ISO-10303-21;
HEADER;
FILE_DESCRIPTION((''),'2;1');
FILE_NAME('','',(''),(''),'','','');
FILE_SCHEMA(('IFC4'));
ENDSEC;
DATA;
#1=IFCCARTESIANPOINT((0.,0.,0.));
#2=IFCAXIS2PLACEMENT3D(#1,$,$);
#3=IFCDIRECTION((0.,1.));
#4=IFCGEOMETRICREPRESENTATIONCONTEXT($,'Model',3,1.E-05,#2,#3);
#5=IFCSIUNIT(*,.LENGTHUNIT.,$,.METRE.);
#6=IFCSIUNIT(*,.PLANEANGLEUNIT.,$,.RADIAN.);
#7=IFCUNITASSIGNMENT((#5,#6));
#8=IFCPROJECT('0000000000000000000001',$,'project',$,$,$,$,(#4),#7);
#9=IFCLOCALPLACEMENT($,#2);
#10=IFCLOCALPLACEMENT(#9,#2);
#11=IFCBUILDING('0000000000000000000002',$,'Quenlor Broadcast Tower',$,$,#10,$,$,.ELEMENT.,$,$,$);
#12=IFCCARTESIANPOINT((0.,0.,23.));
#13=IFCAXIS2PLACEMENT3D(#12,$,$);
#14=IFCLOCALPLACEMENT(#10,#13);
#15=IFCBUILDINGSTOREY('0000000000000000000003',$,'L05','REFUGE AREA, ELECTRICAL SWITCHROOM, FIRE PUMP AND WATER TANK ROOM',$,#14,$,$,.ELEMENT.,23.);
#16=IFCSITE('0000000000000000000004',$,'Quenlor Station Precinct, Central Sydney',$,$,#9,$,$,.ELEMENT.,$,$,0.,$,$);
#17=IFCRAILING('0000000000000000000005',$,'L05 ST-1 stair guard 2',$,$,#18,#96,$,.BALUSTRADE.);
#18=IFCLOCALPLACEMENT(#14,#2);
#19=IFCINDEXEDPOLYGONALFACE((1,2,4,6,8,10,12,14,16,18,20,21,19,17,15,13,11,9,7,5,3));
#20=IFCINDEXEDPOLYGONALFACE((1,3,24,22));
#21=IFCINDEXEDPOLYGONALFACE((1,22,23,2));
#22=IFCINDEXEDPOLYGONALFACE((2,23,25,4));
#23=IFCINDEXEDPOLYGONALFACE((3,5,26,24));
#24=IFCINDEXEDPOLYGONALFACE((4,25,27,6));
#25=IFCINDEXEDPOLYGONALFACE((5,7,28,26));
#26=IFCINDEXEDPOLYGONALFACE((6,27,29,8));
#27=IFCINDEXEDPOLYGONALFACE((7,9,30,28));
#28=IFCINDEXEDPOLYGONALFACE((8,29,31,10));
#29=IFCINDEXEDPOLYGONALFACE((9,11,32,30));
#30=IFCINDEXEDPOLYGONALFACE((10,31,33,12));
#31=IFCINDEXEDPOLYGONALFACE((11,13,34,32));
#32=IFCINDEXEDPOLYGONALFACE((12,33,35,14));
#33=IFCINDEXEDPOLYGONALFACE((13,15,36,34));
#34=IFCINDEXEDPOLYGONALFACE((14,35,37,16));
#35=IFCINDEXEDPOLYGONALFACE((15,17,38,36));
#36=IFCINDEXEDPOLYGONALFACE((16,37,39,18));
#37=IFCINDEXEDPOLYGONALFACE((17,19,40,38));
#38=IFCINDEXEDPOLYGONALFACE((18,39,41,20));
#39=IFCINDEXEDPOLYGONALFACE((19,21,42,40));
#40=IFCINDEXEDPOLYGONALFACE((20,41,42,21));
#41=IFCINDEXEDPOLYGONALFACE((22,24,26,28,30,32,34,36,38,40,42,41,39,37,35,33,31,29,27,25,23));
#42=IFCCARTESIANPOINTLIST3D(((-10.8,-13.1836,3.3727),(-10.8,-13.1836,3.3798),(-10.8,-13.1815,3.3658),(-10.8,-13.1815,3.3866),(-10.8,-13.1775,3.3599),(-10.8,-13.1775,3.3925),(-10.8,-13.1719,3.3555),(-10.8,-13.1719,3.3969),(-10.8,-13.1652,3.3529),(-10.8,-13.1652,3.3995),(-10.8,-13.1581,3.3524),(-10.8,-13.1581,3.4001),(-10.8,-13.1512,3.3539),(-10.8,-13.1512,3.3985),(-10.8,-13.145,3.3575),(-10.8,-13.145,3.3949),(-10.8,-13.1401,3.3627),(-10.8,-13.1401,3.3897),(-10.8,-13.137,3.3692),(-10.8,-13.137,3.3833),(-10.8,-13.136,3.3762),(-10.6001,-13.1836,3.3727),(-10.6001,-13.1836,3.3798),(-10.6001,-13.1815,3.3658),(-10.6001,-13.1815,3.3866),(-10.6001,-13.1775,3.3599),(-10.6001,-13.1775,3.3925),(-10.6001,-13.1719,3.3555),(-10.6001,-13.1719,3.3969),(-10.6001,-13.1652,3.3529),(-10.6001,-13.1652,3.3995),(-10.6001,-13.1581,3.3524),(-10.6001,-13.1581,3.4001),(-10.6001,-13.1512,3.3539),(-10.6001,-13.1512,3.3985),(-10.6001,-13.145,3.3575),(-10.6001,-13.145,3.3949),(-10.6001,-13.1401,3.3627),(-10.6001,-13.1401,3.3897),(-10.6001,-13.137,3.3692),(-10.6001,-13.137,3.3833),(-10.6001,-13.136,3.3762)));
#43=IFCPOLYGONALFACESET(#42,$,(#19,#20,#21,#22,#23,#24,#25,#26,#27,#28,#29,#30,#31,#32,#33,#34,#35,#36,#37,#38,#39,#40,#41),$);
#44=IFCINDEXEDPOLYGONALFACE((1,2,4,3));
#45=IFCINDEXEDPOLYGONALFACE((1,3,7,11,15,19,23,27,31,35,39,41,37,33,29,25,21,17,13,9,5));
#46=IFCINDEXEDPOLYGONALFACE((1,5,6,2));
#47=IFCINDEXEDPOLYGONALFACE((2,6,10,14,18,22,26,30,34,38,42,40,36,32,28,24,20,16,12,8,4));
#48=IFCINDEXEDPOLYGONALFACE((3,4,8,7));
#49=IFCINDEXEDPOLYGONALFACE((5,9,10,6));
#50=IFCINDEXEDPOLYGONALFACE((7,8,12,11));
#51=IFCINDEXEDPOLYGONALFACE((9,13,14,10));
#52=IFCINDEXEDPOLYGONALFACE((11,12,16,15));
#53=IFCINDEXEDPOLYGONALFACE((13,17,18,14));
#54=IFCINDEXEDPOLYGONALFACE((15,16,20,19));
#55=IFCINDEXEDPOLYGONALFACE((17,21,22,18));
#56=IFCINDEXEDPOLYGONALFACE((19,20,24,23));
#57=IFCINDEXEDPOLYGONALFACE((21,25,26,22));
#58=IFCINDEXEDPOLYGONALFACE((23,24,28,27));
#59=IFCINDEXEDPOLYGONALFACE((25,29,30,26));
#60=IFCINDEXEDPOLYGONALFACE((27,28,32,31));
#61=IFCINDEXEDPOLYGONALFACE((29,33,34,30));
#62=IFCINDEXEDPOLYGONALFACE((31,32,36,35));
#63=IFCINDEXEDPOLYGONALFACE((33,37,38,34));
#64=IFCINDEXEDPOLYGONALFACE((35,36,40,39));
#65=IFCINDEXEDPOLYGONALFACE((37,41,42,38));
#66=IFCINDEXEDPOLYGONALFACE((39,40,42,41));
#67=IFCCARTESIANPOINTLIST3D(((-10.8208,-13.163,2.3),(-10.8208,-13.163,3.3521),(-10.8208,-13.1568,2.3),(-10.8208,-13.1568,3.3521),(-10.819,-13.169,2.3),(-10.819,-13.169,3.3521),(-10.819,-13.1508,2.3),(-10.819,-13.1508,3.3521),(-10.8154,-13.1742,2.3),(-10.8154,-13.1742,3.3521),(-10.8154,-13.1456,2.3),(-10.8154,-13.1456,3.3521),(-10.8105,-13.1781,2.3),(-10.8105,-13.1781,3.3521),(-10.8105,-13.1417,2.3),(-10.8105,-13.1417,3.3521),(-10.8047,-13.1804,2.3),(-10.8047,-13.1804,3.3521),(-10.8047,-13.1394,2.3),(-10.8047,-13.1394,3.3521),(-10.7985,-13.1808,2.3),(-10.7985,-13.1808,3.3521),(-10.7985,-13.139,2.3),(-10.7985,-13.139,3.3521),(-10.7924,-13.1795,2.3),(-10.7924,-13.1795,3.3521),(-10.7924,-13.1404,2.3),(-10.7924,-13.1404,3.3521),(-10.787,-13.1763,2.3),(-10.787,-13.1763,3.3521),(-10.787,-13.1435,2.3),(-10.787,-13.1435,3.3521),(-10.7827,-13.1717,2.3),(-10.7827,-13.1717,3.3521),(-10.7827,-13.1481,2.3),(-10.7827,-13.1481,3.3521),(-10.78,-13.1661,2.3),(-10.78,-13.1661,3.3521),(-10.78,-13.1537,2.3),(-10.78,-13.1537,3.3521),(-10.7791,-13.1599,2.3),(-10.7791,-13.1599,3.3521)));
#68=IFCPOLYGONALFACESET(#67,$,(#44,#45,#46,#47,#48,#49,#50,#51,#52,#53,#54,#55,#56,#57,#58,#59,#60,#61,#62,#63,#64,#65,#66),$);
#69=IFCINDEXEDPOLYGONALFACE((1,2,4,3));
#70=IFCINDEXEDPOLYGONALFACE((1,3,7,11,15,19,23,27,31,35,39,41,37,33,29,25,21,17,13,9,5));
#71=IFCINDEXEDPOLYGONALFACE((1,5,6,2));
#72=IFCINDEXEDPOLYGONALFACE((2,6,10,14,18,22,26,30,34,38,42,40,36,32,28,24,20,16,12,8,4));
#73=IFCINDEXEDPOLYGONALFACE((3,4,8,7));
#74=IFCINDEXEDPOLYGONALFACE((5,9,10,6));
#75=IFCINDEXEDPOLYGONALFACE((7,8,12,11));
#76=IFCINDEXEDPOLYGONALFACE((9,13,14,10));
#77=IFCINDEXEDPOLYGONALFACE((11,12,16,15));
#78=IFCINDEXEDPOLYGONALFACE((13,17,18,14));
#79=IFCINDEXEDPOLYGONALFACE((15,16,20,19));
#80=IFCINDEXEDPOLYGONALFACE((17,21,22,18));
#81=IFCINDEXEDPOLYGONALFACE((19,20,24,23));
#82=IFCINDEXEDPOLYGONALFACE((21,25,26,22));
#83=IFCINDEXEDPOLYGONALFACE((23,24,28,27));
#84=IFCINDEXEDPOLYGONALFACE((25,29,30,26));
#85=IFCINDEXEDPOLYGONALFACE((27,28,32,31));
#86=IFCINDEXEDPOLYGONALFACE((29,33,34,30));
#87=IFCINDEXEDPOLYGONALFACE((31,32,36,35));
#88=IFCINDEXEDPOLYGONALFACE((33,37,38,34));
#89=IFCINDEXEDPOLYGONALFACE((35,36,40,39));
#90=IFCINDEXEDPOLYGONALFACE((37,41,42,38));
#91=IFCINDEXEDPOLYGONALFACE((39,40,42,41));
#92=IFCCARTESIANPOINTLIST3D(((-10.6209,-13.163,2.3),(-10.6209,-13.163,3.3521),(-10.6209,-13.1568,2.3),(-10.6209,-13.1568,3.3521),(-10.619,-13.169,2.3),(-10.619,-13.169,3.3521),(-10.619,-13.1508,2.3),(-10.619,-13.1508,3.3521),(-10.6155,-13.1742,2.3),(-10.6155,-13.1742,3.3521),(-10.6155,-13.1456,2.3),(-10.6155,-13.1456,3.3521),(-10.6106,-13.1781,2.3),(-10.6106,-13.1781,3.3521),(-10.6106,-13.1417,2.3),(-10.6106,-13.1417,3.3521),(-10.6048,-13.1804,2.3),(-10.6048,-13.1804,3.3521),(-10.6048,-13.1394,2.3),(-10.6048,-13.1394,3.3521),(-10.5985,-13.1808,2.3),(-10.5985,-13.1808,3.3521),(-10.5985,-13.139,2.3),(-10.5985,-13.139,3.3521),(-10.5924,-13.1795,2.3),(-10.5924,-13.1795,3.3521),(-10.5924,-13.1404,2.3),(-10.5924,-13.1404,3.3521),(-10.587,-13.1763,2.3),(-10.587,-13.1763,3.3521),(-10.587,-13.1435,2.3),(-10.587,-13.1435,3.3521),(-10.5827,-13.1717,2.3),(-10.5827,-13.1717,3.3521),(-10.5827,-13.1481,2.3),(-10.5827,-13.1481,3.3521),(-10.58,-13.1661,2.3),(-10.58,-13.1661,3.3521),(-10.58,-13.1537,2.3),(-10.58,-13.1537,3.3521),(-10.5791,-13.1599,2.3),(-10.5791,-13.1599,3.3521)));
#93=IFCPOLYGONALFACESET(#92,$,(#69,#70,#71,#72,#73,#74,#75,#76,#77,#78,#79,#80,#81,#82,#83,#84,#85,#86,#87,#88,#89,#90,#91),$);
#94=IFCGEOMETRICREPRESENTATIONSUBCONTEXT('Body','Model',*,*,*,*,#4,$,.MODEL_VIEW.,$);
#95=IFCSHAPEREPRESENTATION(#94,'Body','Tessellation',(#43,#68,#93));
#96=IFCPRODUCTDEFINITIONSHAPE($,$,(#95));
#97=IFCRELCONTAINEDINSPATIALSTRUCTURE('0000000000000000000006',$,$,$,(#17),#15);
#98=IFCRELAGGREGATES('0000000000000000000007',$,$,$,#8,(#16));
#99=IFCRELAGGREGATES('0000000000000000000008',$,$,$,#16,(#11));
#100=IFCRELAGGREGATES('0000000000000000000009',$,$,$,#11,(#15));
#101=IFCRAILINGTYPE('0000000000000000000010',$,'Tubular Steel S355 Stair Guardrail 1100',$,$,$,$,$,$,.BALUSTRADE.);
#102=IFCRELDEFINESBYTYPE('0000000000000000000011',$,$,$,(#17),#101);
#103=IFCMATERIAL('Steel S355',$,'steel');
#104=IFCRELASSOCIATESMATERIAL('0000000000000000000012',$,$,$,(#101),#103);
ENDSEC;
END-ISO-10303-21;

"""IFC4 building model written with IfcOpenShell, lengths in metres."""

from ifc_helpers import new_model, si_unit, direction, frame, origin, origin_2d, place, context, subcontext, project, spatial, circle, extrude, material, type_object, element, save


model = new_model("IFC4")

# Units and contexts
model_context = context("Model", 3, precision=1e-05, world=origin(), true_north=direction((0.0, 1.0)))
body_context = subcontext(model_context, "Body", "Model", "MODEL_VIEW")
ifc_project = project(units=[si_unit("LENGTHUNIT", "METRE"), si_unit("PLANEANGLEUNIT", "RADIAN")], contexts=[model_context])

# Site, building, storey
site_placement = place(None, origin())
site = spatial("IfcSite", under=ifc_project, at=site_placement, Name="Quenlor Station Precinct, Central Sydney", CompositionType="ELEMENT", RefElevation=0.0)
building_placement = place(site_placement, origin())
building = spatial("IfcBuilding", under=site, at=building_placement, Name="Quenlor Broadcast Tower", CompositionType="ELEMENT")
storey_placement = place(building_placement, frame((0.0, 0.0, 23.0)))
storey = spatial("IfcBuildingStorey", under=building, at=storey_placement, Name="L05", Description="REFUGE AREA, ELECTRICAL SWITCHROOM, FIRE PUMP AND WATER TANK ROOM", CompositionType="ELEMENT", Elevation=23.0)

# Railing
ifc_material_1 = material(Name="Steel S355", Category="steel")
railing_type_1 = type_object("IfcRailingType", Name="Tubular Steel S355 Stair Guardrail 1100", PredefinedType="BALUSTRADE", material=ifc_material_1)
railing_1_placement = place(storey_placement, frame((-10.8, -13.1599, 2.3)))
element("IfcRailing", 1, at=railing_1_placement, inside=storey, type_object=railing_type_1, Name="L05 ST-1 stair guard 2", PredefinedType="BALUSTRADE", context=body_context, shape_type="SweptSolid", body=[
    extrude(circle(Radius=0.0239, at=origin_2d()), frame((0.0, 0.0, 1.0762), z_axis=(1.0, 0.0, 0.0), x_axis=(0.0, 1.0, 0.0)), (0.0, 0.0, 1.0), 0.2),
    extrude(circle(Radius=0.021, at=origin_2d()), origin(), (0.0, 0.0, 1.0), 1.052),
    extrude(circle(Radius=0.021, at=origin_2d()), frame((0.2, 0.0, 0.0)), (0.0, 0.0, 1.0), 1.052),
])

save(model, "model.ifc")
